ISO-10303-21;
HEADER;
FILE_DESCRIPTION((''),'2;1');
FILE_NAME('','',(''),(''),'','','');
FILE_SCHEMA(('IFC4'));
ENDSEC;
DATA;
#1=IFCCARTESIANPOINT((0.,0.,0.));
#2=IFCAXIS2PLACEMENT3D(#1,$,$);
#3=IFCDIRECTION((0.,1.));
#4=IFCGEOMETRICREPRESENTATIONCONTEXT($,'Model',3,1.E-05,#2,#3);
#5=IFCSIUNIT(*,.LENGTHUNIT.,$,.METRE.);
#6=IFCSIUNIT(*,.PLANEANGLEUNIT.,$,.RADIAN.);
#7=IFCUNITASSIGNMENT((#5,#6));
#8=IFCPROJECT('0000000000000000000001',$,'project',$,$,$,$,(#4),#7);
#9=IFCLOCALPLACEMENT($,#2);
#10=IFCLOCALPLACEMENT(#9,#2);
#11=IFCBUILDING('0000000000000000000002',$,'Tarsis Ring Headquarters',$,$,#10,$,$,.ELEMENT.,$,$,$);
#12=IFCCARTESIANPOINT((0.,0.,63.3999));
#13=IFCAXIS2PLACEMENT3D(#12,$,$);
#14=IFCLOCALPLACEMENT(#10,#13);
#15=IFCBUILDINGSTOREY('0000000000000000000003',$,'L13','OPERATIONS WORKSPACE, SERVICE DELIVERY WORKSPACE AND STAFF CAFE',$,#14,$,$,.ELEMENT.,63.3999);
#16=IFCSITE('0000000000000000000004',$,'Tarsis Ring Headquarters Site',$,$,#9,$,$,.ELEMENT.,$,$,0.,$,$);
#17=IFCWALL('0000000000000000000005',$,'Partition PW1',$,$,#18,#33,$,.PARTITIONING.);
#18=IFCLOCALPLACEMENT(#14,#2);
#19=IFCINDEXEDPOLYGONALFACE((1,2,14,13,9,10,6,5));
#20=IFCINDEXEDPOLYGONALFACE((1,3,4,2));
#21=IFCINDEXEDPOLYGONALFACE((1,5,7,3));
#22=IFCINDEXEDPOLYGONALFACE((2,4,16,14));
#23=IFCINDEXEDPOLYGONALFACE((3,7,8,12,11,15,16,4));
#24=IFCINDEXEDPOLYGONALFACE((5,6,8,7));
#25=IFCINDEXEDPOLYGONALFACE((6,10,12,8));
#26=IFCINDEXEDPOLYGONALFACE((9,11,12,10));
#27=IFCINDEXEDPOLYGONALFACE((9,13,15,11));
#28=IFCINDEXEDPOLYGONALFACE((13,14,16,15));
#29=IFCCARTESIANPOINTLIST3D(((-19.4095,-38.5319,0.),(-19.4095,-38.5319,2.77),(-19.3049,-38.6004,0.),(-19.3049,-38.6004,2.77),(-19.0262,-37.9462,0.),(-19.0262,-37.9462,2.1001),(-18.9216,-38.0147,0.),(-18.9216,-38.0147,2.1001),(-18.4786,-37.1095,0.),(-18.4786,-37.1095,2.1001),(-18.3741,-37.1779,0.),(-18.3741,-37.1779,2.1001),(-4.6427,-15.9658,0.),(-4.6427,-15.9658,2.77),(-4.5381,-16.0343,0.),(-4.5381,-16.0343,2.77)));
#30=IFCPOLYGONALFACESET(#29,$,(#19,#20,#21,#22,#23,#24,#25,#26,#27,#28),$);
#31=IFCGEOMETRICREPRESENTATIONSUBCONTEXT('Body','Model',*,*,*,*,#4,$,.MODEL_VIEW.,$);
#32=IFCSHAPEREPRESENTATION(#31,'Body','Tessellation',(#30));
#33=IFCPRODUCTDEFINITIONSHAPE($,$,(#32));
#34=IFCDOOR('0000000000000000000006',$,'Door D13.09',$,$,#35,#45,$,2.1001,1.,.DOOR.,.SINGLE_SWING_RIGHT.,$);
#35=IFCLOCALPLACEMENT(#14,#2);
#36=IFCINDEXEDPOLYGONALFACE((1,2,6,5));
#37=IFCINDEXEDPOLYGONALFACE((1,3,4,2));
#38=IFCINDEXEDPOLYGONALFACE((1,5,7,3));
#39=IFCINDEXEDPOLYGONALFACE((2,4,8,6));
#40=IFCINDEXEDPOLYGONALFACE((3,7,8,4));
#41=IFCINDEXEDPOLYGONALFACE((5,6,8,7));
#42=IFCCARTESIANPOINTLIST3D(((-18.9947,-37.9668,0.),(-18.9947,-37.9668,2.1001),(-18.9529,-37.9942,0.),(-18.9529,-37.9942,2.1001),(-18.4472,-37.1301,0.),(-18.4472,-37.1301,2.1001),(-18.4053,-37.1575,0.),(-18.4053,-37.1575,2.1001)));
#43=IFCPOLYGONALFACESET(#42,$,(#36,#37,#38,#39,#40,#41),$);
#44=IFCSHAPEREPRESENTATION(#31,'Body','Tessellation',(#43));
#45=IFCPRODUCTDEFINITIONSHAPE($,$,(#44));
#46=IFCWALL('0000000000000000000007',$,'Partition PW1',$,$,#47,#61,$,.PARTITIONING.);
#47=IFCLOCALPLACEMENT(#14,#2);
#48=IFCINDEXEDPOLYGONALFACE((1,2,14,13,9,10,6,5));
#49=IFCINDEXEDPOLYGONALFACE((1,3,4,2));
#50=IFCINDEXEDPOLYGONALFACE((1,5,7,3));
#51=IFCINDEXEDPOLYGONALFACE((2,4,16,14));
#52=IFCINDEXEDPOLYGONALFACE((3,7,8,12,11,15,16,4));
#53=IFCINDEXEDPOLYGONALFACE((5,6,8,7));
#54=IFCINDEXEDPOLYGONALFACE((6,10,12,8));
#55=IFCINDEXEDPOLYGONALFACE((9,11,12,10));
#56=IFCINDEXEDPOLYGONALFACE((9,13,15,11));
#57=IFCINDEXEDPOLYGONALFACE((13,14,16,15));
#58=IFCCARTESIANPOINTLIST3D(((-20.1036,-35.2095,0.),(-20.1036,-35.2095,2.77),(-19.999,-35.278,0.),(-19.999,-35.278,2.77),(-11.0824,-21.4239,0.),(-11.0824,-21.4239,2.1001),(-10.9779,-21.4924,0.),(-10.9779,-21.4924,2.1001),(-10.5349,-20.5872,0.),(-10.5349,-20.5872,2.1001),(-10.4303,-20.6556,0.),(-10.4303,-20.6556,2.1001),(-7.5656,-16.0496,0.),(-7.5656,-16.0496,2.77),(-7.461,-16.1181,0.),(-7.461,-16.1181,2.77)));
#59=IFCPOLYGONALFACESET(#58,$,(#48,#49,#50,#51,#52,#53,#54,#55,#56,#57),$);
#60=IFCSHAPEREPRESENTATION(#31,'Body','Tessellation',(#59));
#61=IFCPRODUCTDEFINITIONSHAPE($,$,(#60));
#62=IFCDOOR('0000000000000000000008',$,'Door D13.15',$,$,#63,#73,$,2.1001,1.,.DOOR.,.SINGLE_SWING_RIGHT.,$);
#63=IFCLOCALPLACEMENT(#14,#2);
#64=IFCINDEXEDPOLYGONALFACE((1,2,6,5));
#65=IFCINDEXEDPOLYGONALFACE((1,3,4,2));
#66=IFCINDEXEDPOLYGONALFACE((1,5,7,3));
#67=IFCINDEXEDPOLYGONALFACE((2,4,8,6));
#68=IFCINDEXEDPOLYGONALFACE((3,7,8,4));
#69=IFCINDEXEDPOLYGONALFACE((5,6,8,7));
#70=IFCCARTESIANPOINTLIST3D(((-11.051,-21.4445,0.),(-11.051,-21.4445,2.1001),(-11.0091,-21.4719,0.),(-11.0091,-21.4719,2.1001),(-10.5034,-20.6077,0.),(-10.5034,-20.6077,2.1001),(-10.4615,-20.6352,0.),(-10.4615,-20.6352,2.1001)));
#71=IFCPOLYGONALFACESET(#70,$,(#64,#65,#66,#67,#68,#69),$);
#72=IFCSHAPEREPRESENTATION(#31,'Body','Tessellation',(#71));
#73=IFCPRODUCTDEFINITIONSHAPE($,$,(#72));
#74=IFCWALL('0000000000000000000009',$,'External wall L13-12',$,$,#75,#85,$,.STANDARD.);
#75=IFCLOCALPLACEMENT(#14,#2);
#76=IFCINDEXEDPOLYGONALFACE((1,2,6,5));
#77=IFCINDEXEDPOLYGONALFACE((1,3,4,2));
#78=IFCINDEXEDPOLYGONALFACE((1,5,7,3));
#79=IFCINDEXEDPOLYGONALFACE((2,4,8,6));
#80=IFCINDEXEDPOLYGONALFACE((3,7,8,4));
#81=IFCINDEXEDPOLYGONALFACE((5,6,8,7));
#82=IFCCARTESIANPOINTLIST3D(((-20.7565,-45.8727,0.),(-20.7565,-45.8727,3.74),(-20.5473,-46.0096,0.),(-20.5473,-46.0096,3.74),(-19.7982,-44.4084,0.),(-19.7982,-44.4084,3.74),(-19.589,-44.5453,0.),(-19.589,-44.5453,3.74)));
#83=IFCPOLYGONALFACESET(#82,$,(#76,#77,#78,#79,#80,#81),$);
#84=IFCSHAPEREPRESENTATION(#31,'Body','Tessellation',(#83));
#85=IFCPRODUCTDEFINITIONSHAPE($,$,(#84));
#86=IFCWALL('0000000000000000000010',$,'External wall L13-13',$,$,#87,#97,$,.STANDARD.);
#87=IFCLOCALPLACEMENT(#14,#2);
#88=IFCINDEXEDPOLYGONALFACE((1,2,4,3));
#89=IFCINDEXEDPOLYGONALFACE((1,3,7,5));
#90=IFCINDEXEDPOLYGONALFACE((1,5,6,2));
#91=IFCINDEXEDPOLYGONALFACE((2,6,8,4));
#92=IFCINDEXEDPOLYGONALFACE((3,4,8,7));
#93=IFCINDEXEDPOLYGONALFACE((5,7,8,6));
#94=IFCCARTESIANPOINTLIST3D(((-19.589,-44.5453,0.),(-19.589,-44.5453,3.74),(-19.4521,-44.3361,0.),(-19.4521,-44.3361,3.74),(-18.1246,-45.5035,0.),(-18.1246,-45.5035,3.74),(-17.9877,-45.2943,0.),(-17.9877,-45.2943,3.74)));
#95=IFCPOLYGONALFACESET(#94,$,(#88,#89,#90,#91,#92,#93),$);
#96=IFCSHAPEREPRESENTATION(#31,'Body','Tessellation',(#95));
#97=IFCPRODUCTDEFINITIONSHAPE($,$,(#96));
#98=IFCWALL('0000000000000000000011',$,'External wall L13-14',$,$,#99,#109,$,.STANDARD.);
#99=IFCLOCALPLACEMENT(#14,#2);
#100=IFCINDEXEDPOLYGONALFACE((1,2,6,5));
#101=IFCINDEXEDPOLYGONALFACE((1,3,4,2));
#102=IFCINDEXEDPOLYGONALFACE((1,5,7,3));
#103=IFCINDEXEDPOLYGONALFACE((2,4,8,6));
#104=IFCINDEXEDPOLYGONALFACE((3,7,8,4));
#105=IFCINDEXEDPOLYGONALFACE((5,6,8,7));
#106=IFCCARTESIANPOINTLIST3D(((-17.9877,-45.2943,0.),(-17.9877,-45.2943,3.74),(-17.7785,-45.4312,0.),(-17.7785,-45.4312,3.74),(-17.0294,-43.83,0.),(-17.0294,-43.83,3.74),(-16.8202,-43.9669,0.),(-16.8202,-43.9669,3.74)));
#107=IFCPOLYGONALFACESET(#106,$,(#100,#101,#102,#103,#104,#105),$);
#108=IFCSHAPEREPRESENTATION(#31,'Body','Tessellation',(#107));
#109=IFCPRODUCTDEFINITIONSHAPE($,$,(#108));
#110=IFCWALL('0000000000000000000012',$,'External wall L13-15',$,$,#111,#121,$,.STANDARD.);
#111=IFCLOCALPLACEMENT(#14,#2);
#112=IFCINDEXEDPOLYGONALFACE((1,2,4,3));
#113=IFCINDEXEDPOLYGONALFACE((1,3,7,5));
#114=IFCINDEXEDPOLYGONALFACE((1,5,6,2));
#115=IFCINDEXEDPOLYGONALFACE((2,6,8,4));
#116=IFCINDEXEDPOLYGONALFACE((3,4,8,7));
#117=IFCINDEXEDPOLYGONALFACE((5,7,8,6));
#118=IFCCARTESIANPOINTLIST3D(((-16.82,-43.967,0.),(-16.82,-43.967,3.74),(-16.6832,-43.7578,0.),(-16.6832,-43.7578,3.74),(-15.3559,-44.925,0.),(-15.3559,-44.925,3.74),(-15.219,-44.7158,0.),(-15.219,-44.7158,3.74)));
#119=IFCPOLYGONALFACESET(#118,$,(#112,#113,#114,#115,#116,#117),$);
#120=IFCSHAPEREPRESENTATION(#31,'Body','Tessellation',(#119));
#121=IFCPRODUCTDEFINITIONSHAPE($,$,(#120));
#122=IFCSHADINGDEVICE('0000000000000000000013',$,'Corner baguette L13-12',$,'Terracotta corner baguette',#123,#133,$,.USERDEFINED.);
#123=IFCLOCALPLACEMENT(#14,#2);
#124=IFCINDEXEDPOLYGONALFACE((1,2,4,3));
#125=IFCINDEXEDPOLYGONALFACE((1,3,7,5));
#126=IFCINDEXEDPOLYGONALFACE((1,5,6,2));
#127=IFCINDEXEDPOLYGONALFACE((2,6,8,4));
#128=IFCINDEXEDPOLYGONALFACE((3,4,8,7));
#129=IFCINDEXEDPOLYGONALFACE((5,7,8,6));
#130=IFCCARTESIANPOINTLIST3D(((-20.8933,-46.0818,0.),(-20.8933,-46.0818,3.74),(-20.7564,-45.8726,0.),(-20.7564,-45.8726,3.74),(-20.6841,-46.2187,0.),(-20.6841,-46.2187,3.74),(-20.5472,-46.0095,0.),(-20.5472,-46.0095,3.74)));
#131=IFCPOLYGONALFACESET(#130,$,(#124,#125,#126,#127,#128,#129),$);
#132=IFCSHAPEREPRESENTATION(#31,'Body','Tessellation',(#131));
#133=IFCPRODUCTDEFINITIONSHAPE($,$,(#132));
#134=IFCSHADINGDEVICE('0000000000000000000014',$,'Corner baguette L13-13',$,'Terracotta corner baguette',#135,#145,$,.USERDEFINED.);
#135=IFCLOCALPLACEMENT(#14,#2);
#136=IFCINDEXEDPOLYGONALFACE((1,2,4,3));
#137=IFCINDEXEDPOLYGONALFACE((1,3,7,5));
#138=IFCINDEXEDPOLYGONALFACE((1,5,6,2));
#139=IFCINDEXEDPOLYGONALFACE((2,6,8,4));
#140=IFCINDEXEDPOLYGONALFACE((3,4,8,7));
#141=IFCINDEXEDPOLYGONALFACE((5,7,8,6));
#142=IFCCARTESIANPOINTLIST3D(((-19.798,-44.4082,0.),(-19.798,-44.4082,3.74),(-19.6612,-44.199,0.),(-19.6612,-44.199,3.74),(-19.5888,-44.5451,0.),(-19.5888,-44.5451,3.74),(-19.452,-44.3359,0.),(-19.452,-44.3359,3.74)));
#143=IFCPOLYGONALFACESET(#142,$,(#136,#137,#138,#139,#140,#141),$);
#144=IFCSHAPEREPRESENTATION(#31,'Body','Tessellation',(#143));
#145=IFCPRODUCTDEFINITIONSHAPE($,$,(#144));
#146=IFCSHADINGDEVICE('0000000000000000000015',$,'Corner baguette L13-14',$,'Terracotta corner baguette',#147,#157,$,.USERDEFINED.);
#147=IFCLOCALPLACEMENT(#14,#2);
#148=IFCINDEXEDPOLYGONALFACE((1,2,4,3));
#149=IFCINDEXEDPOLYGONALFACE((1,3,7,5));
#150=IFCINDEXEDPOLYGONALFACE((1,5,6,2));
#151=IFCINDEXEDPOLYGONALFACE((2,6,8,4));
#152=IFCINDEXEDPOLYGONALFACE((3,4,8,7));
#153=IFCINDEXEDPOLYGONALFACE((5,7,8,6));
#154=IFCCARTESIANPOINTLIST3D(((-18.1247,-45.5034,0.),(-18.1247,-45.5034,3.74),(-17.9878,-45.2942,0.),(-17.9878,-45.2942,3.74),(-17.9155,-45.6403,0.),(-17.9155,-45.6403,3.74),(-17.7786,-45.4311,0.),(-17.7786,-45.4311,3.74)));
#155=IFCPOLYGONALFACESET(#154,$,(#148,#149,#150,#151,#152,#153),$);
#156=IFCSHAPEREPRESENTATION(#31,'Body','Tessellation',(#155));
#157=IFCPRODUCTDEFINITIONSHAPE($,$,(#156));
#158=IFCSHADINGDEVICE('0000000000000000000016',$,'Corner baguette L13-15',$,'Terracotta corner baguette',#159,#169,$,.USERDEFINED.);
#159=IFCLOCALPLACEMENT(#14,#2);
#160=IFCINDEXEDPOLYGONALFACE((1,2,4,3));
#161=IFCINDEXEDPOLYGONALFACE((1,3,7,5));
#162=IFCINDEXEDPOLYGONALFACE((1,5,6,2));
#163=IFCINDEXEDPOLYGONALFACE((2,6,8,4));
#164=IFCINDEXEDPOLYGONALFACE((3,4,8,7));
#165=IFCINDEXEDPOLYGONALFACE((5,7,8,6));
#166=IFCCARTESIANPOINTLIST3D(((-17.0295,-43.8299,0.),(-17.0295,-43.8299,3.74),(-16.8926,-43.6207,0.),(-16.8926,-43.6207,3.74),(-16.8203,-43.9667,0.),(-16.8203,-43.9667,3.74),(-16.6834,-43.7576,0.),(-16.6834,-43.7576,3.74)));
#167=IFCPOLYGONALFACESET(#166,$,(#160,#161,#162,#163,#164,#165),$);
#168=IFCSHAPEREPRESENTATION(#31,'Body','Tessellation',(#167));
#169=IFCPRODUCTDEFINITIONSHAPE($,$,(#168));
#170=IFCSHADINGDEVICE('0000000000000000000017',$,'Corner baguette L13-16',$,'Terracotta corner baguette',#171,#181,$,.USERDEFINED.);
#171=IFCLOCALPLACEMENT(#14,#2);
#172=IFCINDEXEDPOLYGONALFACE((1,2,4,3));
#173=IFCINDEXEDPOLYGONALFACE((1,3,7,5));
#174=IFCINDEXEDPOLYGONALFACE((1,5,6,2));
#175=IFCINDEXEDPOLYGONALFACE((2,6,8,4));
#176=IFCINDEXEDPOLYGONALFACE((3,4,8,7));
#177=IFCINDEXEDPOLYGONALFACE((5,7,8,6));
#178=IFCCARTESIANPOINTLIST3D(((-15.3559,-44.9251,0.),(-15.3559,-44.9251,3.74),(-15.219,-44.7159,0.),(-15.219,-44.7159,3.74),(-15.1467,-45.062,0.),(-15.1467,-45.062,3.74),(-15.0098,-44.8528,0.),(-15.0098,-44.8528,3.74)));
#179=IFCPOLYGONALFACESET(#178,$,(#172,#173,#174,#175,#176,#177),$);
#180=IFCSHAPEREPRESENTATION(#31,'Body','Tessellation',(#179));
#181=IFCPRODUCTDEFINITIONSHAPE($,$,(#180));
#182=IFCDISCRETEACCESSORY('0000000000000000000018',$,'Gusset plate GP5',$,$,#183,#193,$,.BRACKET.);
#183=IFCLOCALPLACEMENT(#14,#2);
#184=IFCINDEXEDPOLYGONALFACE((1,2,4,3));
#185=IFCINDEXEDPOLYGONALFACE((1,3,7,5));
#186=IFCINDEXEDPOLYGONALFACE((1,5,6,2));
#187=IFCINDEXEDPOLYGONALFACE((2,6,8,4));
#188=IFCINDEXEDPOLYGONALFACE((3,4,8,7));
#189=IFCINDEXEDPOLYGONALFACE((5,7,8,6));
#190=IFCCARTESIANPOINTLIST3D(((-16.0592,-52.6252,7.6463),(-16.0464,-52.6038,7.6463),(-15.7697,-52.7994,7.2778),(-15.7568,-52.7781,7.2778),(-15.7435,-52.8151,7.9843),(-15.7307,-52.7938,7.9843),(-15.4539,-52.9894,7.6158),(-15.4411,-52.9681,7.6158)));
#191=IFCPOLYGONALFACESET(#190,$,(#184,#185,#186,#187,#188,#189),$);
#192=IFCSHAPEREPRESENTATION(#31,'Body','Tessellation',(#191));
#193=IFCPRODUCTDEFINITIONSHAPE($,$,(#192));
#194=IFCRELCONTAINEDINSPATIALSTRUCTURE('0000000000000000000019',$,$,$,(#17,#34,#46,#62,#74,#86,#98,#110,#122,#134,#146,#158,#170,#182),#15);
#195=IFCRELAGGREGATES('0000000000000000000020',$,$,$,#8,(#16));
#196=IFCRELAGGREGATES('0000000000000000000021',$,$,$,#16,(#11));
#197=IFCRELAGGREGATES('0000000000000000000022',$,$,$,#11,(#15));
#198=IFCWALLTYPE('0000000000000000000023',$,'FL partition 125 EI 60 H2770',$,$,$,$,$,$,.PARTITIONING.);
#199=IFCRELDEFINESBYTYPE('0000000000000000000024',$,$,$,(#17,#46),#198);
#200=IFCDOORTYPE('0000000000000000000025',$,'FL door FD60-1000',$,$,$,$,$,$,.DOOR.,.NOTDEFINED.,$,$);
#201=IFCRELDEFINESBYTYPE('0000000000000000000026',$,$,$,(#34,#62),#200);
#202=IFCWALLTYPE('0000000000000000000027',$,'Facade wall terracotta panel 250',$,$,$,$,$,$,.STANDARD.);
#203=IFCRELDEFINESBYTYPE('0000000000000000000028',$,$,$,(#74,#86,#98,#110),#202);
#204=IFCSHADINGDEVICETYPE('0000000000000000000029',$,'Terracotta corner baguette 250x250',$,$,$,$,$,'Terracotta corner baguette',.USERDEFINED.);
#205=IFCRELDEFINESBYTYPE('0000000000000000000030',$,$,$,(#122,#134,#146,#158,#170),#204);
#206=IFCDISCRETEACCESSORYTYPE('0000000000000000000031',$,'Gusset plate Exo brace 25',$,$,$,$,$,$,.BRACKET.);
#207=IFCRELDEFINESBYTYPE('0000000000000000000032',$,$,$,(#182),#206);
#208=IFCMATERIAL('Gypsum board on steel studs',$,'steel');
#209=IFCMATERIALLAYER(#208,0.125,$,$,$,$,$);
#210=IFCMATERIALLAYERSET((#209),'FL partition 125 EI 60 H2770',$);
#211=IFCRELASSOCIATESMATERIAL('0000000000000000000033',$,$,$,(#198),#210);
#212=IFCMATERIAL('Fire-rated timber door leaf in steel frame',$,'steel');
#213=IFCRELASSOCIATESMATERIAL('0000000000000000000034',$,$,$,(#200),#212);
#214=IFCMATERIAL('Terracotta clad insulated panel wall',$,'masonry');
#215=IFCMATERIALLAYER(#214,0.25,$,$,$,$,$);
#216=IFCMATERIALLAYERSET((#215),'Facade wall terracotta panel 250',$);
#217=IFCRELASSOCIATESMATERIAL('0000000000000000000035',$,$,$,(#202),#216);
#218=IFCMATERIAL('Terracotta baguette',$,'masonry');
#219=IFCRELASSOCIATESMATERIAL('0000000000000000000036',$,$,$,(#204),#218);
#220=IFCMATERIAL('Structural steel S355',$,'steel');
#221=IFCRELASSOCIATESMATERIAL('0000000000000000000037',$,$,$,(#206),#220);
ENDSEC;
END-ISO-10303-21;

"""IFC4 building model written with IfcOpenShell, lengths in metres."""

from ifc_helpers import new_model, si_unit, direction, frame, frame_2d, origin, origin_2d, place, context, subcontext, project, spatial, rectangle, extrude, material, layer, layer_set, material_profile, profile_set, type_object, element, fill, save


model = new_model("IFC4")

# Units and contexts
model_context = context("Model", 3, precision=1e-05, world=origin(), true_north=direction((0.0, 1.0)))
body_context = subcontext(model_context, "Body", "Model", "MODEL_VIEW")
ifc_project = project(units=[si_unit("LENGTHUNIT", "METRE"), si_unit("PLANEANGLEUNIT", "RADIAN")], contexts=[model_context])

# Site, building, storey
site_placement = place(None, origin())
site = spatial("IfcSite", under=ifc_project, at=site_placement, Name="Tarsis Ring Headquarters Site", CompositionType="ELEMENT", RefElevation=0.0)
building_placement = place(site_placement, origin())
building = spatial("IfcBuilding", under=site, at=building_placement, Name="Tarsis Ring Headquarters", CompositionType="ELEMENT")
storey_placement = place(building_placement, frame((0.0, 0.0, 63.3999)))
storey = spatial("IfcBuildingStorey", under=building, at=storey_placement, Name="L13", Description="OPERATIONS WORKSPACE, SERVICE DELIVERY WORKSPACE AND STAFF CAFE", CompositionType="ELEMENT", Elevation=63.3999)

# Shared definitions
ifc_material_1 = material(Name="Structural steel S355", Category="steel")

# Walls, openings, doors
ifc_material_2 = material(Name="Gypsum board on steel studs", Category="steel")
ifc_layer_1 = layer(ifc_material_2, 0.125)
ifc_layer_set_1 = layer_set([ifc_layer_1], Name="FL partition 125 EI 60 H2770")
wall_type_1 = type_object("IfcWallType", Name="FL partition 125 EI 60 H2770", PredefinedType="PARTITIONING", material=ifc_layer_set_1)
wall_1_placement = place(storey_placement, frame((-19.3572, -38.5662, 0.0), z_axis=(0.0, 0.0, 1.0), x_axis=(0.547562, 0.836765, 0.0)))
wall_1 = element("IfcWall", 1, at=wall_1_placement, inside=storey, type_object=wall_type_1, Name="Partition PW1", PredefinedType="PARTITIONING", context=body_context, shape_type="SweptSolid", body=[
    extrude(rectangle(XDim=26.9683, YDim=0.125, at=frame_2d((13.4841, 0.0))), origin(), (0.0, 0.0, 1.0), 2.77),
])
opening_1_placement = place(wall_1_placement, frame((0.7, 0.0, 0.0)))
opening_1 = element("IfcOpeningElement", 2, at=opening_1_placement, cuts=wall_1, PredefinedType="OPENING", context=body_context, shape_type="SweptSolid", body=[
    extrude(rectangle(XDim=1.0, YDim=2.1001, at=frame_2d((0.5, 1.05))), frame((0.0, 0.0725, 0.0), z_axis=(0.0, -1.0, 0.0), x_axis=(1.0, 0.0, 0.0)), (0.0, 0.0, 1.0), 0.145),
])
ifc_material_3 = material(Name="Fire-rated timber door leaf in steel frame", Category="steel")
door_type_1 = type_object("IfcDoorType", Name="FL door FD60-1000", OperationType="NOTDEFINED", PredefinedType="DOOR", material=ifc_material_3)
door_1_placement = place(opening_1_placement, origin())
door_1 = element("IfcDoor", 3, at=door_1_placement, inside=storey, type_object=door_type_1, Name="Door D13.09", OperationType="SINGLE_SWING_RIGHT", OverallHeight=2.1001, OverallWidth=1.0, PredefinedType="DOOR", context=body_context, shape_type="SweptSolid", body=[
    extrude(rectangle(XDim=1.0, YDim=2.1001, at=frame_2d((0.5, 1.05))), frame((0.0, 0.0249, 0.0), z_axis=(0.0, -1.0, 0.0), x_axis=(1.0, 0.0, 0.0)), (0.0, 0.0, 1.0), 0.05),
])
fill(opening_1, door_1)
wall_2_placement = place(storey_placement, frame((-20.0513, -35.2437, 0.0), z_axis=(0.0, 0.0, 1.0), x_axis=(0.547569, 0.83676, 0.0)))
wall_2 = element("IfcWall", 4, at=wall_2_placement, inside=storey, type_object=wall_type_1, Name="Partition PW1", PredefinedType="PARTITIONING", context=body_context, shape_type="SweptSolid", body=[
    extrude(rectangle(XDim=22.8977, YDim=0.125, at=frame_2d((11.4487, 0.0))), origin(), (0.0, 0.0, 1.0), 2.77),
])
opening_2_placement = place(wall_2_placement, frame((16.4749, 0.0, 0.0)))
opening_2 = element("IfcOpeningElement", 5, at=opening_2_placement, cuts=wall_2, PredefinedType="OPENING", context=body_context, shape_type="SweptSolid", body=[
    extrude(rectangle(XDim=1.0, YDim=2.1001, at=frame_2d((0.5, 1.05))), frame((0.0, 0.0725, 0.0), z_axis=(0.0, -1.0, 0.0), x_axis=(1.0, 0.0, 0.0)), (0.0, 0.0, 1.0), 0.145),
])
door_2_placement = place(opening_2_placement, origin())
door_2 = element("IfcDoor", 6, at=door_2_placement, inside=storey, type_object=door_type_1, Name="Door D13.15", OperationType="SINGLE_SWING_RIGHT", OverallHeight=2.1001, OverallWidth=1.0, PredefinedType="DOOR", context=body_context, shape_type="SweptSolid", body=[
    extrude(rectangle(XDim=1.0, YDim=2.1001, at=frame_2d((0.5, 1.05))), frame((0.0, 0.0249, 0.0), z_axis=(0.0, -1.0, 0.0), x_axis=(1.0, 0.0, 0.0)), (0.0, 0.0, 1.0), 0.05),
])
fill(opening_2, door_2)

# Walls
ifc_material_4 = material(Name="Terracotta clad insulated panel wall", Category="masonry")
ifc_layer_2 = layer(ifc_material_4, 0.25)
ifc_layer_set_2 = layer_set([ifc_layer_2], Name="Facade wall terracotta panel 250")
wall_type_2 = type_object("IfcWallType", Name="Facade wall terracotta panel 250", PredefinedType="STANDARD", material=ifc_layer_set_2)
for number, where, z_axis, x_axis, name in (
    (7, (-20.6519, -45.9412, 0.0), (0.0, 0.0, 1.0), (0.547565, 0.836763, 0.0), "External wall L13-12"),
    (8, (-19.5205, -44.4407, 0.0), (0.0, 0.0, 1.0), (0.836763, -0.547565, 0.0), "External wall L13-13"),
    (9, (-17.8831, -45.3628, 0.0), (0.0, 0.0, 1.0), (0.547565, 0.836763, 0.0), "External wall L13-14"),
):
    element("IfcWall", number, at=place(storey_placement, frame(where, z_axis=z_axis, x_axis=x_axis)), inside=storey, type_object=wall_type_2, Name=name, PredefinedType="STANDARD", context=body_context, shape_type="SweptSolid", body=[
        extrude(rectangle(XDim=1.75, YDim=0.25, at=frame_2d((0.875, 0.0))), origin(), (0.0, 0.0, 1.0), 3.74),
    ])
wall_3_placement = place(storey_placement, frame((-16.7517, -43.8623, 0.0), z_axis=(0.0, 0.0, 1.0), x_axis=(0.836785, -0.547531, 0.0)))
element("IfcWall", 10, at=wall_3_placement, inside=storey, type_object=wall_type_2, Name="External wall L13-15", PredefinedType="STANDARD", context=body_context, shape_type="SweptSolid", body=[
    extrude(rectangle(XDim=1.7498, YDim=0.25, at=frame_2d((0.875, 0.0))), origin(), (0.0, 0.0, 1.0), 3.74),
])

# Shading devices
ifc_material_5 = material(Name="Terracotta baguette", Category="masonry")
shading_device_type_1 = type_object("IfcShadingDeviceType", Name="Terracotta corner baguette 250x250", ElementType="Terracotta corner baguette", PredefinedType="USERDEFINED", material=ifc_material_5)
for number, where, z_axis, x_axis, name in (
    (11, (-20.7202, -46.0457, 0.0), (0.0, 0.0, 1.0), (0.836764, -0.547563, 0.0), "Corner baguette L13-12"),
    (12, (-19.625, -44.3721, 0.0), (0.0, 0.0, 1.0), (0.547564, 0.836764, 0.0), "Corner baguette L13-13"),
    (13, (-17.9517, -45.4673, 0.0), (0.0, 0.0, 1.0), (0.836764, -0.547563, 0.0), "Corner baguette L13-14"),
    (14, (-16.8564, -43.7937, 0.0), (0.0, 0.0, 1.0), (0.547563, 0.836764, 0.0), "Corner baguette L13-15"),
    (15, (-15.1829, -44.8889, 0.0), (0.0, 0.0, 1.0), (0.836764, -0.547564, 0.0), "Corner baguette L13-16"),
):
    element("IfcShadingDevice", number, at=place(storey_placement, frame(where, z_axis=z_axis, x_axis=x_axis)), inside=storey, type_object=shading_device_type_1, Name=name, ObjectType="Terracotta corner baguette", PredefinedType="USERDEFINED", context=body_context, shape_type="SweptSolid", body=[
        extrude(rectangle(XDim=0.25, YDim=0.25, at=origin_2d()), origin(), (0.0, 0.0, 1.0), 3.74),
    ])

# Discrete accessory
ifc_material_profile_1 = material_profile(ifc_material_1, rectangle(XDim=0.0249, YDim=0.5, at=origin_2d()), Name="PL 25x500")
ifc_profile_set_1 = profile_set([ifc_material_profile_1], Name="Structural steel S355")
discrete_accessory_type = type_object("IfcDiscreteAccessoryType", Name="Gusset plate Exo brace 25", PredefinedType="BRACKET", material=ifc_profile_set_1)
discrete_accessory_placement = place(storey_placement, frame((-15.5923, -52.8916, 7.8), z_axis=(-0.631477, 0.379961, -0.675919), x_axis=(-0.515567, -0.856849, 0.0)))
element("IfcDiscreteAccessory", 16, at=discrete_accessory_placement, inside=storey, type_object=discrete_accessory_type, Name="Gusset plate GP5", PredefinedType="BRACKET", context=body_context, shape_type="SweptSolid", body=[
    extrude(rectangle(XDim=0.0249, YDim=0.5, at=origin_2d()), origin(), (0.0, 0.0, 1.0), 0.5),
])

save(model, "model.ifc")
